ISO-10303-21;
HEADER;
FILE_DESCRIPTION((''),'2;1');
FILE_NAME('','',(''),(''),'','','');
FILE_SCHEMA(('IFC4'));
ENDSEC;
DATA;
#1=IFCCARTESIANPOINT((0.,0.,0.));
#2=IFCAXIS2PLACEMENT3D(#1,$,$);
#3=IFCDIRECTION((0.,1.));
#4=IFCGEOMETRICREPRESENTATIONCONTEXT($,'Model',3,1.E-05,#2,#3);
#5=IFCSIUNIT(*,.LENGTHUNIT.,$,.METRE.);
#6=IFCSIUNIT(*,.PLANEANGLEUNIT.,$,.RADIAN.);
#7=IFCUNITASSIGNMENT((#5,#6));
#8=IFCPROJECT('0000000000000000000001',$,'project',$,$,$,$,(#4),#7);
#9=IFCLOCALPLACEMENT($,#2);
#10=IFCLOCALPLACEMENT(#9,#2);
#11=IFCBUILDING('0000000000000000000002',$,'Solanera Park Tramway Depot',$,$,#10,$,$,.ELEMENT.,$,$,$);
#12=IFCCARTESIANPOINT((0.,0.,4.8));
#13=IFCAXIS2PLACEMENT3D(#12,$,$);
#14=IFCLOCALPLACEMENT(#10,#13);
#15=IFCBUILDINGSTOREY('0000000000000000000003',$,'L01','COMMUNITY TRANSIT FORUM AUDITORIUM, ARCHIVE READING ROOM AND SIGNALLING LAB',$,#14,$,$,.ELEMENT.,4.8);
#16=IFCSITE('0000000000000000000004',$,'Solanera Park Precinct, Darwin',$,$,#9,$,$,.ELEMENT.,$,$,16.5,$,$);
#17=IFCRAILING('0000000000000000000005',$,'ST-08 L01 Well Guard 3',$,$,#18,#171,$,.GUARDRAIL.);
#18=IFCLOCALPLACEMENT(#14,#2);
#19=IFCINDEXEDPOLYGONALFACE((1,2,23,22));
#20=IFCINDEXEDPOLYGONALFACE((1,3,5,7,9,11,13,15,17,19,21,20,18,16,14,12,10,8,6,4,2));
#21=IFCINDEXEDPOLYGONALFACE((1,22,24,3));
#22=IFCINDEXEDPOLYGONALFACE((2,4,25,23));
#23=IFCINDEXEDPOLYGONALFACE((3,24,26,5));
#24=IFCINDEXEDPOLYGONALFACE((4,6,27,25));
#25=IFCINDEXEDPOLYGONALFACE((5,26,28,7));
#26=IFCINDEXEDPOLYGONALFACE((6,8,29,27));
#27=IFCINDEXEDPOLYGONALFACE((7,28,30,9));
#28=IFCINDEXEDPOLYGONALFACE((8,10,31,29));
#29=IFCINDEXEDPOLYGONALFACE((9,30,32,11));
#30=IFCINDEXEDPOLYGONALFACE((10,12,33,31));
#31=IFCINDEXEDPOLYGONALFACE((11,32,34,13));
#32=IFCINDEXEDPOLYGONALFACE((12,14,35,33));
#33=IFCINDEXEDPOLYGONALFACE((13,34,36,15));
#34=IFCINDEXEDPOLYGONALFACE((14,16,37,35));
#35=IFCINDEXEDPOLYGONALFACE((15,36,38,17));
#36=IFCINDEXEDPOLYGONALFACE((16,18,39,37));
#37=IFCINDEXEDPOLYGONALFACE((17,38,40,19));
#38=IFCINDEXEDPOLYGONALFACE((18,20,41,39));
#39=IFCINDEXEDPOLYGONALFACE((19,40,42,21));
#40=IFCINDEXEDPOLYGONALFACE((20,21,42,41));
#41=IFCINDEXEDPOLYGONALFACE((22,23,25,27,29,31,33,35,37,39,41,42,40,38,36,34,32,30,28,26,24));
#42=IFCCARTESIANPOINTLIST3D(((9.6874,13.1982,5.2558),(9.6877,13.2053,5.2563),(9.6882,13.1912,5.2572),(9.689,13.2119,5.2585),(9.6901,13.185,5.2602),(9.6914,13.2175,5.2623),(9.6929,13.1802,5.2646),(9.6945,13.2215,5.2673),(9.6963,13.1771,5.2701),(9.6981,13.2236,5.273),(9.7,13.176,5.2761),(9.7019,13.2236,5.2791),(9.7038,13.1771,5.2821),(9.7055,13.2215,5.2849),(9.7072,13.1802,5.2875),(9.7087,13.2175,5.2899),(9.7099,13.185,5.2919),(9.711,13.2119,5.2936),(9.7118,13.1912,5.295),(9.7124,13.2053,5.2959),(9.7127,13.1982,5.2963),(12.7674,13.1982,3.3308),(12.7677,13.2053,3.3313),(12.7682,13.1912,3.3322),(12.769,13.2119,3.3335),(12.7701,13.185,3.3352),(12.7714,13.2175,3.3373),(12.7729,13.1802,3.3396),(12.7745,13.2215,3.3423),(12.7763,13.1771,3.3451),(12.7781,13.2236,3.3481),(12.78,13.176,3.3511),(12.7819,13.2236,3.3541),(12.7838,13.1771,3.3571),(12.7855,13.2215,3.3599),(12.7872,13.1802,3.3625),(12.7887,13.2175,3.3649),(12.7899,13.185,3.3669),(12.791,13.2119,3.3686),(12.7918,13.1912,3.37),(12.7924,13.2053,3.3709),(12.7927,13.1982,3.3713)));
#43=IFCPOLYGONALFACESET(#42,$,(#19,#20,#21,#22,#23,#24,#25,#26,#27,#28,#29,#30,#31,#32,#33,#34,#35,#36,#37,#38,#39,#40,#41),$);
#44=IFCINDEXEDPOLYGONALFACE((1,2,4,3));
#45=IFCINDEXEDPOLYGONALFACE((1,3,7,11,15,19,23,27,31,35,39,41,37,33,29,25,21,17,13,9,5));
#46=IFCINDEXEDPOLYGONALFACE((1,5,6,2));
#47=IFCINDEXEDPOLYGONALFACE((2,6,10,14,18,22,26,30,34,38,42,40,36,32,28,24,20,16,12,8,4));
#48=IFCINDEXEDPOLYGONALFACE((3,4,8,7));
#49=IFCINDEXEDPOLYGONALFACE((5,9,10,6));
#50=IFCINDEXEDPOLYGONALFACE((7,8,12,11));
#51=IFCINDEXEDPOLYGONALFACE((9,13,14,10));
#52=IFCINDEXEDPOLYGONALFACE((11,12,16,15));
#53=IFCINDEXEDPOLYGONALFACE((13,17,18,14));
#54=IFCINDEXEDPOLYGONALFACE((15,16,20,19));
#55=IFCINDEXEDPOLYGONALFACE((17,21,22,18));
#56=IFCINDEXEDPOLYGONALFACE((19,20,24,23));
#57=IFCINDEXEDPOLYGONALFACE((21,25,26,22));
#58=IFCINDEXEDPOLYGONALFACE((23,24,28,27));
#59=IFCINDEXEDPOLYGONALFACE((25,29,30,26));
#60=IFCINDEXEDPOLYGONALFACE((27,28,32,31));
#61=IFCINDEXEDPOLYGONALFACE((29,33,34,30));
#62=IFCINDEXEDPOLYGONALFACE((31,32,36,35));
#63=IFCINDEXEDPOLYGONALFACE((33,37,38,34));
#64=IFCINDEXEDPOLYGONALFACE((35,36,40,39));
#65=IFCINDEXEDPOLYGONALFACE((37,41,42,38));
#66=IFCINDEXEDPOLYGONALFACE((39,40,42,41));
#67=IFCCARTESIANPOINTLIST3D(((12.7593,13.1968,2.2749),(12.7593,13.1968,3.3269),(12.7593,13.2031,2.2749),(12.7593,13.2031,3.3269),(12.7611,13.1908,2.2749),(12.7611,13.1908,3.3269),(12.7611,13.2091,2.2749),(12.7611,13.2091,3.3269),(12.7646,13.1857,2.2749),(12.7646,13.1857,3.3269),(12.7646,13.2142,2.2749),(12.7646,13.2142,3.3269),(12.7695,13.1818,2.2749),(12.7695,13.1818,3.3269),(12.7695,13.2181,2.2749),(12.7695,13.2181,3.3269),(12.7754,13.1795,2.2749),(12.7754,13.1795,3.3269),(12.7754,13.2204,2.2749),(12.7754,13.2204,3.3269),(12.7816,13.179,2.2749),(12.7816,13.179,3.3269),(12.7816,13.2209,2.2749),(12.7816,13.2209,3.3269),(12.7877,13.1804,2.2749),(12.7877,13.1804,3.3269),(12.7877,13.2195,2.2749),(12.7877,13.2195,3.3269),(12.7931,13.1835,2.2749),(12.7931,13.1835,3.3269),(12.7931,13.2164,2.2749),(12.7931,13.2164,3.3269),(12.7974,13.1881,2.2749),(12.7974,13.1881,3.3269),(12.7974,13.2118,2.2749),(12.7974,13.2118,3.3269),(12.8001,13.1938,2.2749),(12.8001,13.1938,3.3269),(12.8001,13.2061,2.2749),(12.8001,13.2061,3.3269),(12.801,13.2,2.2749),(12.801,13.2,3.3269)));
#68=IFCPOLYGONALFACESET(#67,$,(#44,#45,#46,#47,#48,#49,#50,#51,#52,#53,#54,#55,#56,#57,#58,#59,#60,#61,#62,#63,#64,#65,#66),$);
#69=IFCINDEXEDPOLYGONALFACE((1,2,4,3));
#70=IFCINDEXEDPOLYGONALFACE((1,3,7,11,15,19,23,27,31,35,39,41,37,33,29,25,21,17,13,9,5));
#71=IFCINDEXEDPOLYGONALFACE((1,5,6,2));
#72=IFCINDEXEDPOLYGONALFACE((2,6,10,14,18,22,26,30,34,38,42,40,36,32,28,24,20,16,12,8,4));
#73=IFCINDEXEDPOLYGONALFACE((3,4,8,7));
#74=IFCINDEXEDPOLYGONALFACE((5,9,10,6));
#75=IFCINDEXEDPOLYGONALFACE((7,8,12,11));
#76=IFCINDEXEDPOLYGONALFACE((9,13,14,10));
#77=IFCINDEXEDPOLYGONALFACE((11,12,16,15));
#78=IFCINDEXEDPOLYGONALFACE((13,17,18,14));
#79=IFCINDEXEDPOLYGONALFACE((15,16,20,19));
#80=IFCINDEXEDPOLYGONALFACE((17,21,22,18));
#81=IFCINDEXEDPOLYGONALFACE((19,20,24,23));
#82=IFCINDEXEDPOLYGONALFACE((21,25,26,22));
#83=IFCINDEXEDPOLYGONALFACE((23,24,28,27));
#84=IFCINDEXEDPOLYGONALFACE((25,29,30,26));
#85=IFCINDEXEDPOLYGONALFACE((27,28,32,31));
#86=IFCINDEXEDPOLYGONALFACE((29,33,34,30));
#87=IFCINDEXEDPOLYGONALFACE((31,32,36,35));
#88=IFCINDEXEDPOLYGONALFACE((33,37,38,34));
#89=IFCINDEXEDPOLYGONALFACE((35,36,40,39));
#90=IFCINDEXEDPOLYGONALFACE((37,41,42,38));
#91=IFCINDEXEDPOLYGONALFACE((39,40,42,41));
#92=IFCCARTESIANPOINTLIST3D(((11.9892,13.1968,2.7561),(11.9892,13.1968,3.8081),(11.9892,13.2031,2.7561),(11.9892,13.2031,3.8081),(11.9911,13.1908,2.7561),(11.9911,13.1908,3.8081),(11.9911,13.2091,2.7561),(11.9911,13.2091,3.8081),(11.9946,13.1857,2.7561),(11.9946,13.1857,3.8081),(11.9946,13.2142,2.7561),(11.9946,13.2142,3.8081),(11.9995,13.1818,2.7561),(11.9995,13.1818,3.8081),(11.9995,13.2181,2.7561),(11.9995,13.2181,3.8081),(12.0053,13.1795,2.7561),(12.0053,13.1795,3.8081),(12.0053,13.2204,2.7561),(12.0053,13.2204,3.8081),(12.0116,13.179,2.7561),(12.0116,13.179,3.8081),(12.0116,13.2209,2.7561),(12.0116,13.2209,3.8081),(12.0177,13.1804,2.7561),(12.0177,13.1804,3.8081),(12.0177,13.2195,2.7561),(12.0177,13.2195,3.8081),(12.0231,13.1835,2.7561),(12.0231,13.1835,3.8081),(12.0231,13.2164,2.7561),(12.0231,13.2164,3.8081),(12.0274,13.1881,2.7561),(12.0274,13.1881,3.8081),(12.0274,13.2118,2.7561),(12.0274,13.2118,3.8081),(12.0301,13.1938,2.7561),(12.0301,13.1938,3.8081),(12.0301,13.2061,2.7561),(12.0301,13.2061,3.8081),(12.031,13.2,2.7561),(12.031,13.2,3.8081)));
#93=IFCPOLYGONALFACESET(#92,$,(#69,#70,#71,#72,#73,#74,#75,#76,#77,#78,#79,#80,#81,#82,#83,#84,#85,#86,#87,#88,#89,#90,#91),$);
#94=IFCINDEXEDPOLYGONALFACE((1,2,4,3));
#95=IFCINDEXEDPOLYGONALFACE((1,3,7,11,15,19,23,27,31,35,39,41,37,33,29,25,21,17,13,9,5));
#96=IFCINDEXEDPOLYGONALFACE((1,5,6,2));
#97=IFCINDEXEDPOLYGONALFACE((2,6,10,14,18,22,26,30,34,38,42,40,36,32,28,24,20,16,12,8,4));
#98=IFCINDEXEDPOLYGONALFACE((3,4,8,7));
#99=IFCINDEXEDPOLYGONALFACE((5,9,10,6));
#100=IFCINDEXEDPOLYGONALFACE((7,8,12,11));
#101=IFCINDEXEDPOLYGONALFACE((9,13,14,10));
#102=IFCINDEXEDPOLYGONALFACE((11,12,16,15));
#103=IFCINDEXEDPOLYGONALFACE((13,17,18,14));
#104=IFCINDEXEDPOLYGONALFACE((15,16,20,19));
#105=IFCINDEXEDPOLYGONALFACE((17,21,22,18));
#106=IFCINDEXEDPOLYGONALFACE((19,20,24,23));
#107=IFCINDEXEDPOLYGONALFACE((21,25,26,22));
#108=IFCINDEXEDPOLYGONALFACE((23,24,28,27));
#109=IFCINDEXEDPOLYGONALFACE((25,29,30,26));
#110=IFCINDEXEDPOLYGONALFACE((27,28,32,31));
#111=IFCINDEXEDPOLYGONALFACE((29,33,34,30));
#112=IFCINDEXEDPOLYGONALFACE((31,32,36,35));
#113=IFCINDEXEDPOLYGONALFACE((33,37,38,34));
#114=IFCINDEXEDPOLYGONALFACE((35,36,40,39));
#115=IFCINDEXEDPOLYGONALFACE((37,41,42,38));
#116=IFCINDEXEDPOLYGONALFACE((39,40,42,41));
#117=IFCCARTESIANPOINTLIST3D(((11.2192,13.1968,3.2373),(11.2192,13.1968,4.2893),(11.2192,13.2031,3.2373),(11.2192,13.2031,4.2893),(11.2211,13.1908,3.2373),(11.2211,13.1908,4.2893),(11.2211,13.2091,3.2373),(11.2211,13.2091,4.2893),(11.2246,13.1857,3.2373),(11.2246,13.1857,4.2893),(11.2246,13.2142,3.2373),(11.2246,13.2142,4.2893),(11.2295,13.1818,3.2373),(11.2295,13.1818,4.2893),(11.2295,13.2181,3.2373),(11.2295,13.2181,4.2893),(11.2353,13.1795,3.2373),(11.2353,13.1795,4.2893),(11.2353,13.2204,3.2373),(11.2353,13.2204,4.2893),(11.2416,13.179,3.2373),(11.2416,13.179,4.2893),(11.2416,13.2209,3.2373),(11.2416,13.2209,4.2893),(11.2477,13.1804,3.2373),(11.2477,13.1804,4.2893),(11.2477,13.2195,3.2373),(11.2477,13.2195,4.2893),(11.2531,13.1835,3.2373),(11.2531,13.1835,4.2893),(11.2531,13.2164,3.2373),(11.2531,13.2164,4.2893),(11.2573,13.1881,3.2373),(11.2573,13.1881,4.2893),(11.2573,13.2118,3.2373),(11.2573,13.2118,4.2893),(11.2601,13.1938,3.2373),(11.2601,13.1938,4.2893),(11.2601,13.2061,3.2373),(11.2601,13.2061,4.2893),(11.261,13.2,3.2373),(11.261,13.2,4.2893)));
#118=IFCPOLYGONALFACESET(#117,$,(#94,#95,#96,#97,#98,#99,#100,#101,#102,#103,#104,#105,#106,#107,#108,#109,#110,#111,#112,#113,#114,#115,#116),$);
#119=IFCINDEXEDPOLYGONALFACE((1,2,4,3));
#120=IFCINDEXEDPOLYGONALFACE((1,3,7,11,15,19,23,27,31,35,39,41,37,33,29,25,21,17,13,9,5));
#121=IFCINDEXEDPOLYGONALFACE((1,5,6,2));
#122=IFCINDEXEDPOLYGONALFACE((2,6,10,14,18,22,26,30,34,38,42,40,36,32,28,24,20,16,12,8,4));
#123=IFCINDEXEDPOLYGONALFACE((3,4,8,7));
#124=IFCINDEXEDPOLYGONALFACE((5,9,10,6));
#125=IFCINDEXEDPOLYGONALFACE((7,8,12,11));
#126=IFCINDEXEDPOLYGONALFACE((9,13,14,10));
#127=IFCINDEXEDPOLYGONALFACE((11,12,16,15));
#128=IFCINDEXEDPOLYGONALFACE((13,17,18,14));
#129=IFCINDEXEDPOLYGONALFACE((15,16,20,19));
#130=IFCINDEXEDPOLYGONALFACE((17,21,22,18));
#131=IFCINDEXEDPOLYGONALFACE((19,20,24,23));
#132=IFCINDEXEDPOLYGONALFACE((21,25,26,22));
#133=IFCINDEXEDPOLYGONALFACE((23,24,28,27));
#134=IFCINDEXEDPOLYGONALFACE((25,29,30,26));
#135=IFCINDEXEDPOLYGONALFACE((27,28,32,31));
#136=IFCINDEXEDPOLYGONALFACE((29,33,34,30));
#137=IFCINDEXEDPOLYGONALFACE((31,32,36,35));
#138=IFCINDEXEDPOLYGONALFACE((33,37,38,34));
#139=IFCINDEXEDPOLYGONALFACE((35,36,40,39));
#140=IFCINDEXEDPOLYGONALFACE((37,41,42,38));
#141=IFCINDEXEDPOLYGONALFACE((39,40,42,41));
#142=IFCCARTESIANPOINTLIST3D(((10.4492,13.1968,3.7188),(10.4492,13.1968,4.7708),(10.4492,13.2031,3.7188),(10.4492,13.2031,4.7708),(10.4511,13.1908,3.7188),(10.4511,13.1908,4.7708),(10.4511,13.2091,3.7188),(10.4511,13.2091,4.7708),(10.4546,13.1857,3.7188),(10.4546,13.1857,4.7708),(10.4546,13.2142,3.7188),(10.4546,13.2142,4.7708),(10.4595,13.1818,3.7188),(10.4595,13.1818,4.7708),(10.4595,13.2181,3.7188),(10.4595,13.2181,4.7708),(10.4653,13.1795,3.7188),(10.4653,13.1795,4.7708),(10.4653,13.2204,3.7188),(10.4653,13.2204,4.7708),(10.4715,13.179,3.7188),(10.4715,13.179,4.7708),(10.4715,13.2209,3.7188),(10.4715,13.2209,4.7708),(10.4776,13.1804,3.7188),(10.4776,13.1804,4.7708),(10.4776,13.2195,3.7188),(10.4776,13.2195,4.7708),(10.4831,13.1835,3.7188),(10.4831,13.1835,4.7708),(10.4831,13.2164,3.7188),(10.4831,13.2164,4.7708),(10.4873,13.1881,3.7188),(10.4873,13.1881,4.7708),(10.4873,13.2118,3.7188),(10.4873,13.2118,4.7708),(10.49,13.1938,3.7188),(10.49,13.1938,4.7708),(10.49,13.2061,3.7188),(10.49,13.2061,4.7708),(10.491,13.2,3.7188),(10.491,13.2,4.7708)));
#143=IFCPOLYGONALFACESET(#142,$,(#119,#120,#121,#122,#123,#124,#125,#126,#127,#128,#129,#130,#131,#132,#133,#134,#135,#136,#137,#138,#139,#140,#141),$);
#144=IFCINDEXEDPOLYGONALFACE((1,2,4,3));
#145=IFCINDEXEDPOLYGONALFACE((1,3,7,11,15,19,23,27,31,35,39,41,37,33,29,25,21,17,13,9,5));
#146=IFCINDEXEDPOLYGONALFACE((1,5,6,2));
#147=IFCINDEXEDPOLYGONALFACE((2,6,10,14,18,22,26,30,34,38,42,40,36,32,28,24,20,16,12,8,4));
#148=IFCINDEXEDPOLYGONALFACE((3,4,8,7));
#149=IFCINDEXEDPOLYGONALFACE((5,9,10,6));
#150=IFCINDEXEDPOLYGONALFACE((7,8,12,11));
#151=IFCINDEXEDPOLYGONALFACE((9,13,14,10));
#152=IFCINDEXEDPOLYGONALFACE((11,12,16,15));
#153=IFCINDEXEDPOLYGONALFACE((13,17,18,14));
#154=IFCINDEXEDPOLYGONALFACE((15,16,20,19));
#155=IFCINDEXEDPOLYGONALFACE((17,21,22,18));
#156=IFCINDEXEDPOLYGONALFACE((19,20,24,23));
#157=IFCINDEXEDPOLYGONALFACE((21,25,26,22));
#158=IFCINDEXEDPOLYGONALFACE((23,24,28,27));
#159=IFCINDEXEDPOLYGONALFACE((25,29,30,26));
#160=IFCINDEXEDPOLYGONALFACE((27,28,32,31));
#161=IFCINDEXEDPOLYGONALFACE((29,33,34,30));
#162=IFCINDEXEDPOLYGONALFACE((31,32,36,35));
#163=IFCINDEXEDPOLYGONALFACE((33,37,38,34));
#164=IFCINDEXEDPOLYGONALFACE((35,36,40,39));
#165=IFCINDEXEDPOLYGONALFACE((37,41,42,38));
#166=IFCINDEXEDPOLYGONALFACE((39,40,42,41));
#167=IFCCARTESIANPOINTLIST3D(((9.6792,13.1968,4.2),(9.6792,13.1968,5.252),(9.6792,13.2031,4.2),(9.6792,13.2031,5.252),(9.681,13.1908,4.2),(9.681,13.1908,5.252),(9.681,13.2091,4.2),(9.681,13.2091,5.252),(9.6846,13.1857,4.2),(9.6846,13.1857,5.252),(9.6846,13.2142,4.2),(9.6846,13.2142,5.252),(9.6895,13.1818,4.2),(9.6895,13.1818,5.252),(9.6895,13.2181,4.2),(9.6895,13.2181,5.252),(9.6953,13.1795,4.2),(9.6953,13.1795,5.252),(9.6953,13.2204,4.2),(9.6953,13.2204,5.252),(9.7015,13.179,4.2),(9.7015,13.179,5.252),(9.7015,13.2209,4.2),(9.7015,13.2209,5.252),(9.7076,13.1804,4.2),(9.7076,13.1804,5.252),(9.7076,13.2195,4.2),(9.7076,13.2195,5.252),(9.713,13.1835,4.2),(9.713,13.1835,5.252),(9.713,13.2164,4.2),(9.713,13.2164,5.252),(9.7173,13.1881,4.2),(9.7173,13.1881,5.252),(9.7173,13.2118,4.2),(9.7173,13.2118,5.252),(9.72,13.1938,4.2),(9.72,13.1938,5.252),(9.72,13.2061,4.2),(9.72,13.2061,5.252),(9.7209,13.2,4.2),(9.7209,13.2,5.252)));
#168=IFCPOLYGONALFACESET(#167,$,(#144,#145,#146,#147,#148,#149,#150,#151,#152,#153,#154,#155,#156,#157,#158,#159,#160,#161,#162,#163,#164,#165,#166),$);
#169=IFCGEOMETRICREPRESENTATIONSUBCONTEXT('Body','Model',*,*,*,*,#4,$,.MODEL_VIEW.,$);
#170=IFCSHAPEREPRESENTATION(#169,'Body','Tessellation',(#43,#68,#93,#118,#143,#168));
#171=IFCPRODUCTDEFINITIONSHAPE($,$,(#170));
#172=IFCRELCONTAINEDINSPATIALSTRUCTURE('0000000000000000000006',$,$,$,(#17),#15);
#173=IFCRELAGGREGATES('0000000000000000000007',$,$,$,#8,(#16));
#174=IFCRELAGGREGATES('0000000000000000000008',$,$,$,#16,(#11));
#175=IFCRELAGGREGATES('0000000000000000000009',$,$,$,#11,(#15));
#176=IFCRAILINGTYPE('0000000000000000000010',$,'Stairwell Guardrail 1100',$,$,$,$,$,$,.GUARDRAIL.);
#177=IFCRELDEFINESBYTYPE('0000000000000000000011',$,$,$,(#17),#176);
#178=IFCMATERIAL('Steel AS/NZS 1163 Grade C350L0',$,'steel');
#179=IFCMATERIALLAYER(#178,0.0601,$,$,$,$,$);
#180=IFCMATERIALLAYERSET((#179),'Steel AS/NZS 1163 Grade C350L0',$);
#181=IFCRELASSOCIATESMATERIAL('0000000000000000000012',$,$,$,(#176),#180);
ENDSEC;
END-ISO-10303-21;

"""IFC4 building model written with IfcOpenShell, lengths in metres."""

from ifc_helpers import new_model, si_unit, direction, frame, origin, origin_2d, place, context, subcontext, project, spatial, circle, extrude, material, layer, layer_set, type_object, element, save


model = new_model("IFC4")

# Units and contexts
model_context = context("Model", 3, precision=1e-05, world=origin(), true_north=direction((0.0, 1.0)))
body_context = subcontext(model_context, "Body", "Model", "MODEL_VIEW")
ifc_project = project(units=[si_unit("LENGTHUNIT", "METRE"), si_unit("PLANEANGLEUNIT", "RADIAN")], contexts=[model_context])

# Site, building, storey
site_placement = place(None, origin())
site = spatial("IfcSite", under=ifc_project, at=site_placement, Name="Solanera Park Precinct, Darwin", CompositionType="ELEMENT", RefElevation=16.5)
building_placement = place(site_placement, origin())
building = spatial("IfcBuilding", under=site, at=building_placement, Name="Solanera Park Tramway Depot", CompositionType="ELEMENT")
storey_placement = place(building_placement, frame((0.0, 0.0, 4.8)))
storey = spatial("IfcBuildingStorey", under=building, at=storey_placement, Name="L01", Description="COMMUNITY TRANSIT FORUM AUDITORIUM, ARCHIVE READING ROOM AND SIGNALLING LAB", CompositionType="ELEMENT", Elevation=4.8)

# Railing
ifc_material_1 = material(Name="Steel AS/NZS 1163 Grade C350L0", Category="steel")
ifc_layer_1 = layer(ifc_material_1, 0.0601)
ifc_layer_set_1 = layer_set([ifc_layer_1], Name="Steel AS/NZS 1163 Grade C350L0")
railing_type = type_object("IfcRailingType", Name="Stairwell Guardrail 1100", PredefinedType="GUARDRAIL", material=ifc_layer_set_1)
railing_1_placement = place(storey_placement, frame((12.78, 13.2, 2.2749)))
element("IfcRailing", 1, at=railing_1_placement, inside=storey, type_object=railing_type, Name="ST-08 L01 Well Guard 3", PredefinedType="GUARDRAIL", context=body_context, shape_type="SweptSolid", body=[
    extrude(circle(Radius=0.0239, at=origin_2d()), frame((0.0, 0.0, 1.0762), z_axis=(-0.847998, 0.0, 0.529999), x_axis=(0.0, -1.0, 0.0)), (0.0, 0.0, 1.0), 3.6321),
    extrude(circle(Radius=0.021, at=origin_2d()), origin(), (0.0, 0.0, 1.0), 1.052),
    extrude(circle(Radius=0.021, at=origin_2d()), frame((-0.77, 0.0, 0.4812)), (0.0, 0.0, 1.0), 1.052),
    extrude(circle(Radius=0.021, at=origin_2d()), frame((-1.54, 0.0, 0.9624)), (0.0, 0.0, 1.0), 1.052),
    extrude(circle(Radius=0.021, at=origin_2d()), frame((-2.3101, 0.0, 1.4438)), (0.0, 0.0, 1.0), 1.052),
    extrude(circle(Radius=0.021, at=origin_2d()), frame((-3.0801, 0.0, 1.925)), (0.0, 0.0, 1.0), 1.052),
])

save(model, "model.ifc")
